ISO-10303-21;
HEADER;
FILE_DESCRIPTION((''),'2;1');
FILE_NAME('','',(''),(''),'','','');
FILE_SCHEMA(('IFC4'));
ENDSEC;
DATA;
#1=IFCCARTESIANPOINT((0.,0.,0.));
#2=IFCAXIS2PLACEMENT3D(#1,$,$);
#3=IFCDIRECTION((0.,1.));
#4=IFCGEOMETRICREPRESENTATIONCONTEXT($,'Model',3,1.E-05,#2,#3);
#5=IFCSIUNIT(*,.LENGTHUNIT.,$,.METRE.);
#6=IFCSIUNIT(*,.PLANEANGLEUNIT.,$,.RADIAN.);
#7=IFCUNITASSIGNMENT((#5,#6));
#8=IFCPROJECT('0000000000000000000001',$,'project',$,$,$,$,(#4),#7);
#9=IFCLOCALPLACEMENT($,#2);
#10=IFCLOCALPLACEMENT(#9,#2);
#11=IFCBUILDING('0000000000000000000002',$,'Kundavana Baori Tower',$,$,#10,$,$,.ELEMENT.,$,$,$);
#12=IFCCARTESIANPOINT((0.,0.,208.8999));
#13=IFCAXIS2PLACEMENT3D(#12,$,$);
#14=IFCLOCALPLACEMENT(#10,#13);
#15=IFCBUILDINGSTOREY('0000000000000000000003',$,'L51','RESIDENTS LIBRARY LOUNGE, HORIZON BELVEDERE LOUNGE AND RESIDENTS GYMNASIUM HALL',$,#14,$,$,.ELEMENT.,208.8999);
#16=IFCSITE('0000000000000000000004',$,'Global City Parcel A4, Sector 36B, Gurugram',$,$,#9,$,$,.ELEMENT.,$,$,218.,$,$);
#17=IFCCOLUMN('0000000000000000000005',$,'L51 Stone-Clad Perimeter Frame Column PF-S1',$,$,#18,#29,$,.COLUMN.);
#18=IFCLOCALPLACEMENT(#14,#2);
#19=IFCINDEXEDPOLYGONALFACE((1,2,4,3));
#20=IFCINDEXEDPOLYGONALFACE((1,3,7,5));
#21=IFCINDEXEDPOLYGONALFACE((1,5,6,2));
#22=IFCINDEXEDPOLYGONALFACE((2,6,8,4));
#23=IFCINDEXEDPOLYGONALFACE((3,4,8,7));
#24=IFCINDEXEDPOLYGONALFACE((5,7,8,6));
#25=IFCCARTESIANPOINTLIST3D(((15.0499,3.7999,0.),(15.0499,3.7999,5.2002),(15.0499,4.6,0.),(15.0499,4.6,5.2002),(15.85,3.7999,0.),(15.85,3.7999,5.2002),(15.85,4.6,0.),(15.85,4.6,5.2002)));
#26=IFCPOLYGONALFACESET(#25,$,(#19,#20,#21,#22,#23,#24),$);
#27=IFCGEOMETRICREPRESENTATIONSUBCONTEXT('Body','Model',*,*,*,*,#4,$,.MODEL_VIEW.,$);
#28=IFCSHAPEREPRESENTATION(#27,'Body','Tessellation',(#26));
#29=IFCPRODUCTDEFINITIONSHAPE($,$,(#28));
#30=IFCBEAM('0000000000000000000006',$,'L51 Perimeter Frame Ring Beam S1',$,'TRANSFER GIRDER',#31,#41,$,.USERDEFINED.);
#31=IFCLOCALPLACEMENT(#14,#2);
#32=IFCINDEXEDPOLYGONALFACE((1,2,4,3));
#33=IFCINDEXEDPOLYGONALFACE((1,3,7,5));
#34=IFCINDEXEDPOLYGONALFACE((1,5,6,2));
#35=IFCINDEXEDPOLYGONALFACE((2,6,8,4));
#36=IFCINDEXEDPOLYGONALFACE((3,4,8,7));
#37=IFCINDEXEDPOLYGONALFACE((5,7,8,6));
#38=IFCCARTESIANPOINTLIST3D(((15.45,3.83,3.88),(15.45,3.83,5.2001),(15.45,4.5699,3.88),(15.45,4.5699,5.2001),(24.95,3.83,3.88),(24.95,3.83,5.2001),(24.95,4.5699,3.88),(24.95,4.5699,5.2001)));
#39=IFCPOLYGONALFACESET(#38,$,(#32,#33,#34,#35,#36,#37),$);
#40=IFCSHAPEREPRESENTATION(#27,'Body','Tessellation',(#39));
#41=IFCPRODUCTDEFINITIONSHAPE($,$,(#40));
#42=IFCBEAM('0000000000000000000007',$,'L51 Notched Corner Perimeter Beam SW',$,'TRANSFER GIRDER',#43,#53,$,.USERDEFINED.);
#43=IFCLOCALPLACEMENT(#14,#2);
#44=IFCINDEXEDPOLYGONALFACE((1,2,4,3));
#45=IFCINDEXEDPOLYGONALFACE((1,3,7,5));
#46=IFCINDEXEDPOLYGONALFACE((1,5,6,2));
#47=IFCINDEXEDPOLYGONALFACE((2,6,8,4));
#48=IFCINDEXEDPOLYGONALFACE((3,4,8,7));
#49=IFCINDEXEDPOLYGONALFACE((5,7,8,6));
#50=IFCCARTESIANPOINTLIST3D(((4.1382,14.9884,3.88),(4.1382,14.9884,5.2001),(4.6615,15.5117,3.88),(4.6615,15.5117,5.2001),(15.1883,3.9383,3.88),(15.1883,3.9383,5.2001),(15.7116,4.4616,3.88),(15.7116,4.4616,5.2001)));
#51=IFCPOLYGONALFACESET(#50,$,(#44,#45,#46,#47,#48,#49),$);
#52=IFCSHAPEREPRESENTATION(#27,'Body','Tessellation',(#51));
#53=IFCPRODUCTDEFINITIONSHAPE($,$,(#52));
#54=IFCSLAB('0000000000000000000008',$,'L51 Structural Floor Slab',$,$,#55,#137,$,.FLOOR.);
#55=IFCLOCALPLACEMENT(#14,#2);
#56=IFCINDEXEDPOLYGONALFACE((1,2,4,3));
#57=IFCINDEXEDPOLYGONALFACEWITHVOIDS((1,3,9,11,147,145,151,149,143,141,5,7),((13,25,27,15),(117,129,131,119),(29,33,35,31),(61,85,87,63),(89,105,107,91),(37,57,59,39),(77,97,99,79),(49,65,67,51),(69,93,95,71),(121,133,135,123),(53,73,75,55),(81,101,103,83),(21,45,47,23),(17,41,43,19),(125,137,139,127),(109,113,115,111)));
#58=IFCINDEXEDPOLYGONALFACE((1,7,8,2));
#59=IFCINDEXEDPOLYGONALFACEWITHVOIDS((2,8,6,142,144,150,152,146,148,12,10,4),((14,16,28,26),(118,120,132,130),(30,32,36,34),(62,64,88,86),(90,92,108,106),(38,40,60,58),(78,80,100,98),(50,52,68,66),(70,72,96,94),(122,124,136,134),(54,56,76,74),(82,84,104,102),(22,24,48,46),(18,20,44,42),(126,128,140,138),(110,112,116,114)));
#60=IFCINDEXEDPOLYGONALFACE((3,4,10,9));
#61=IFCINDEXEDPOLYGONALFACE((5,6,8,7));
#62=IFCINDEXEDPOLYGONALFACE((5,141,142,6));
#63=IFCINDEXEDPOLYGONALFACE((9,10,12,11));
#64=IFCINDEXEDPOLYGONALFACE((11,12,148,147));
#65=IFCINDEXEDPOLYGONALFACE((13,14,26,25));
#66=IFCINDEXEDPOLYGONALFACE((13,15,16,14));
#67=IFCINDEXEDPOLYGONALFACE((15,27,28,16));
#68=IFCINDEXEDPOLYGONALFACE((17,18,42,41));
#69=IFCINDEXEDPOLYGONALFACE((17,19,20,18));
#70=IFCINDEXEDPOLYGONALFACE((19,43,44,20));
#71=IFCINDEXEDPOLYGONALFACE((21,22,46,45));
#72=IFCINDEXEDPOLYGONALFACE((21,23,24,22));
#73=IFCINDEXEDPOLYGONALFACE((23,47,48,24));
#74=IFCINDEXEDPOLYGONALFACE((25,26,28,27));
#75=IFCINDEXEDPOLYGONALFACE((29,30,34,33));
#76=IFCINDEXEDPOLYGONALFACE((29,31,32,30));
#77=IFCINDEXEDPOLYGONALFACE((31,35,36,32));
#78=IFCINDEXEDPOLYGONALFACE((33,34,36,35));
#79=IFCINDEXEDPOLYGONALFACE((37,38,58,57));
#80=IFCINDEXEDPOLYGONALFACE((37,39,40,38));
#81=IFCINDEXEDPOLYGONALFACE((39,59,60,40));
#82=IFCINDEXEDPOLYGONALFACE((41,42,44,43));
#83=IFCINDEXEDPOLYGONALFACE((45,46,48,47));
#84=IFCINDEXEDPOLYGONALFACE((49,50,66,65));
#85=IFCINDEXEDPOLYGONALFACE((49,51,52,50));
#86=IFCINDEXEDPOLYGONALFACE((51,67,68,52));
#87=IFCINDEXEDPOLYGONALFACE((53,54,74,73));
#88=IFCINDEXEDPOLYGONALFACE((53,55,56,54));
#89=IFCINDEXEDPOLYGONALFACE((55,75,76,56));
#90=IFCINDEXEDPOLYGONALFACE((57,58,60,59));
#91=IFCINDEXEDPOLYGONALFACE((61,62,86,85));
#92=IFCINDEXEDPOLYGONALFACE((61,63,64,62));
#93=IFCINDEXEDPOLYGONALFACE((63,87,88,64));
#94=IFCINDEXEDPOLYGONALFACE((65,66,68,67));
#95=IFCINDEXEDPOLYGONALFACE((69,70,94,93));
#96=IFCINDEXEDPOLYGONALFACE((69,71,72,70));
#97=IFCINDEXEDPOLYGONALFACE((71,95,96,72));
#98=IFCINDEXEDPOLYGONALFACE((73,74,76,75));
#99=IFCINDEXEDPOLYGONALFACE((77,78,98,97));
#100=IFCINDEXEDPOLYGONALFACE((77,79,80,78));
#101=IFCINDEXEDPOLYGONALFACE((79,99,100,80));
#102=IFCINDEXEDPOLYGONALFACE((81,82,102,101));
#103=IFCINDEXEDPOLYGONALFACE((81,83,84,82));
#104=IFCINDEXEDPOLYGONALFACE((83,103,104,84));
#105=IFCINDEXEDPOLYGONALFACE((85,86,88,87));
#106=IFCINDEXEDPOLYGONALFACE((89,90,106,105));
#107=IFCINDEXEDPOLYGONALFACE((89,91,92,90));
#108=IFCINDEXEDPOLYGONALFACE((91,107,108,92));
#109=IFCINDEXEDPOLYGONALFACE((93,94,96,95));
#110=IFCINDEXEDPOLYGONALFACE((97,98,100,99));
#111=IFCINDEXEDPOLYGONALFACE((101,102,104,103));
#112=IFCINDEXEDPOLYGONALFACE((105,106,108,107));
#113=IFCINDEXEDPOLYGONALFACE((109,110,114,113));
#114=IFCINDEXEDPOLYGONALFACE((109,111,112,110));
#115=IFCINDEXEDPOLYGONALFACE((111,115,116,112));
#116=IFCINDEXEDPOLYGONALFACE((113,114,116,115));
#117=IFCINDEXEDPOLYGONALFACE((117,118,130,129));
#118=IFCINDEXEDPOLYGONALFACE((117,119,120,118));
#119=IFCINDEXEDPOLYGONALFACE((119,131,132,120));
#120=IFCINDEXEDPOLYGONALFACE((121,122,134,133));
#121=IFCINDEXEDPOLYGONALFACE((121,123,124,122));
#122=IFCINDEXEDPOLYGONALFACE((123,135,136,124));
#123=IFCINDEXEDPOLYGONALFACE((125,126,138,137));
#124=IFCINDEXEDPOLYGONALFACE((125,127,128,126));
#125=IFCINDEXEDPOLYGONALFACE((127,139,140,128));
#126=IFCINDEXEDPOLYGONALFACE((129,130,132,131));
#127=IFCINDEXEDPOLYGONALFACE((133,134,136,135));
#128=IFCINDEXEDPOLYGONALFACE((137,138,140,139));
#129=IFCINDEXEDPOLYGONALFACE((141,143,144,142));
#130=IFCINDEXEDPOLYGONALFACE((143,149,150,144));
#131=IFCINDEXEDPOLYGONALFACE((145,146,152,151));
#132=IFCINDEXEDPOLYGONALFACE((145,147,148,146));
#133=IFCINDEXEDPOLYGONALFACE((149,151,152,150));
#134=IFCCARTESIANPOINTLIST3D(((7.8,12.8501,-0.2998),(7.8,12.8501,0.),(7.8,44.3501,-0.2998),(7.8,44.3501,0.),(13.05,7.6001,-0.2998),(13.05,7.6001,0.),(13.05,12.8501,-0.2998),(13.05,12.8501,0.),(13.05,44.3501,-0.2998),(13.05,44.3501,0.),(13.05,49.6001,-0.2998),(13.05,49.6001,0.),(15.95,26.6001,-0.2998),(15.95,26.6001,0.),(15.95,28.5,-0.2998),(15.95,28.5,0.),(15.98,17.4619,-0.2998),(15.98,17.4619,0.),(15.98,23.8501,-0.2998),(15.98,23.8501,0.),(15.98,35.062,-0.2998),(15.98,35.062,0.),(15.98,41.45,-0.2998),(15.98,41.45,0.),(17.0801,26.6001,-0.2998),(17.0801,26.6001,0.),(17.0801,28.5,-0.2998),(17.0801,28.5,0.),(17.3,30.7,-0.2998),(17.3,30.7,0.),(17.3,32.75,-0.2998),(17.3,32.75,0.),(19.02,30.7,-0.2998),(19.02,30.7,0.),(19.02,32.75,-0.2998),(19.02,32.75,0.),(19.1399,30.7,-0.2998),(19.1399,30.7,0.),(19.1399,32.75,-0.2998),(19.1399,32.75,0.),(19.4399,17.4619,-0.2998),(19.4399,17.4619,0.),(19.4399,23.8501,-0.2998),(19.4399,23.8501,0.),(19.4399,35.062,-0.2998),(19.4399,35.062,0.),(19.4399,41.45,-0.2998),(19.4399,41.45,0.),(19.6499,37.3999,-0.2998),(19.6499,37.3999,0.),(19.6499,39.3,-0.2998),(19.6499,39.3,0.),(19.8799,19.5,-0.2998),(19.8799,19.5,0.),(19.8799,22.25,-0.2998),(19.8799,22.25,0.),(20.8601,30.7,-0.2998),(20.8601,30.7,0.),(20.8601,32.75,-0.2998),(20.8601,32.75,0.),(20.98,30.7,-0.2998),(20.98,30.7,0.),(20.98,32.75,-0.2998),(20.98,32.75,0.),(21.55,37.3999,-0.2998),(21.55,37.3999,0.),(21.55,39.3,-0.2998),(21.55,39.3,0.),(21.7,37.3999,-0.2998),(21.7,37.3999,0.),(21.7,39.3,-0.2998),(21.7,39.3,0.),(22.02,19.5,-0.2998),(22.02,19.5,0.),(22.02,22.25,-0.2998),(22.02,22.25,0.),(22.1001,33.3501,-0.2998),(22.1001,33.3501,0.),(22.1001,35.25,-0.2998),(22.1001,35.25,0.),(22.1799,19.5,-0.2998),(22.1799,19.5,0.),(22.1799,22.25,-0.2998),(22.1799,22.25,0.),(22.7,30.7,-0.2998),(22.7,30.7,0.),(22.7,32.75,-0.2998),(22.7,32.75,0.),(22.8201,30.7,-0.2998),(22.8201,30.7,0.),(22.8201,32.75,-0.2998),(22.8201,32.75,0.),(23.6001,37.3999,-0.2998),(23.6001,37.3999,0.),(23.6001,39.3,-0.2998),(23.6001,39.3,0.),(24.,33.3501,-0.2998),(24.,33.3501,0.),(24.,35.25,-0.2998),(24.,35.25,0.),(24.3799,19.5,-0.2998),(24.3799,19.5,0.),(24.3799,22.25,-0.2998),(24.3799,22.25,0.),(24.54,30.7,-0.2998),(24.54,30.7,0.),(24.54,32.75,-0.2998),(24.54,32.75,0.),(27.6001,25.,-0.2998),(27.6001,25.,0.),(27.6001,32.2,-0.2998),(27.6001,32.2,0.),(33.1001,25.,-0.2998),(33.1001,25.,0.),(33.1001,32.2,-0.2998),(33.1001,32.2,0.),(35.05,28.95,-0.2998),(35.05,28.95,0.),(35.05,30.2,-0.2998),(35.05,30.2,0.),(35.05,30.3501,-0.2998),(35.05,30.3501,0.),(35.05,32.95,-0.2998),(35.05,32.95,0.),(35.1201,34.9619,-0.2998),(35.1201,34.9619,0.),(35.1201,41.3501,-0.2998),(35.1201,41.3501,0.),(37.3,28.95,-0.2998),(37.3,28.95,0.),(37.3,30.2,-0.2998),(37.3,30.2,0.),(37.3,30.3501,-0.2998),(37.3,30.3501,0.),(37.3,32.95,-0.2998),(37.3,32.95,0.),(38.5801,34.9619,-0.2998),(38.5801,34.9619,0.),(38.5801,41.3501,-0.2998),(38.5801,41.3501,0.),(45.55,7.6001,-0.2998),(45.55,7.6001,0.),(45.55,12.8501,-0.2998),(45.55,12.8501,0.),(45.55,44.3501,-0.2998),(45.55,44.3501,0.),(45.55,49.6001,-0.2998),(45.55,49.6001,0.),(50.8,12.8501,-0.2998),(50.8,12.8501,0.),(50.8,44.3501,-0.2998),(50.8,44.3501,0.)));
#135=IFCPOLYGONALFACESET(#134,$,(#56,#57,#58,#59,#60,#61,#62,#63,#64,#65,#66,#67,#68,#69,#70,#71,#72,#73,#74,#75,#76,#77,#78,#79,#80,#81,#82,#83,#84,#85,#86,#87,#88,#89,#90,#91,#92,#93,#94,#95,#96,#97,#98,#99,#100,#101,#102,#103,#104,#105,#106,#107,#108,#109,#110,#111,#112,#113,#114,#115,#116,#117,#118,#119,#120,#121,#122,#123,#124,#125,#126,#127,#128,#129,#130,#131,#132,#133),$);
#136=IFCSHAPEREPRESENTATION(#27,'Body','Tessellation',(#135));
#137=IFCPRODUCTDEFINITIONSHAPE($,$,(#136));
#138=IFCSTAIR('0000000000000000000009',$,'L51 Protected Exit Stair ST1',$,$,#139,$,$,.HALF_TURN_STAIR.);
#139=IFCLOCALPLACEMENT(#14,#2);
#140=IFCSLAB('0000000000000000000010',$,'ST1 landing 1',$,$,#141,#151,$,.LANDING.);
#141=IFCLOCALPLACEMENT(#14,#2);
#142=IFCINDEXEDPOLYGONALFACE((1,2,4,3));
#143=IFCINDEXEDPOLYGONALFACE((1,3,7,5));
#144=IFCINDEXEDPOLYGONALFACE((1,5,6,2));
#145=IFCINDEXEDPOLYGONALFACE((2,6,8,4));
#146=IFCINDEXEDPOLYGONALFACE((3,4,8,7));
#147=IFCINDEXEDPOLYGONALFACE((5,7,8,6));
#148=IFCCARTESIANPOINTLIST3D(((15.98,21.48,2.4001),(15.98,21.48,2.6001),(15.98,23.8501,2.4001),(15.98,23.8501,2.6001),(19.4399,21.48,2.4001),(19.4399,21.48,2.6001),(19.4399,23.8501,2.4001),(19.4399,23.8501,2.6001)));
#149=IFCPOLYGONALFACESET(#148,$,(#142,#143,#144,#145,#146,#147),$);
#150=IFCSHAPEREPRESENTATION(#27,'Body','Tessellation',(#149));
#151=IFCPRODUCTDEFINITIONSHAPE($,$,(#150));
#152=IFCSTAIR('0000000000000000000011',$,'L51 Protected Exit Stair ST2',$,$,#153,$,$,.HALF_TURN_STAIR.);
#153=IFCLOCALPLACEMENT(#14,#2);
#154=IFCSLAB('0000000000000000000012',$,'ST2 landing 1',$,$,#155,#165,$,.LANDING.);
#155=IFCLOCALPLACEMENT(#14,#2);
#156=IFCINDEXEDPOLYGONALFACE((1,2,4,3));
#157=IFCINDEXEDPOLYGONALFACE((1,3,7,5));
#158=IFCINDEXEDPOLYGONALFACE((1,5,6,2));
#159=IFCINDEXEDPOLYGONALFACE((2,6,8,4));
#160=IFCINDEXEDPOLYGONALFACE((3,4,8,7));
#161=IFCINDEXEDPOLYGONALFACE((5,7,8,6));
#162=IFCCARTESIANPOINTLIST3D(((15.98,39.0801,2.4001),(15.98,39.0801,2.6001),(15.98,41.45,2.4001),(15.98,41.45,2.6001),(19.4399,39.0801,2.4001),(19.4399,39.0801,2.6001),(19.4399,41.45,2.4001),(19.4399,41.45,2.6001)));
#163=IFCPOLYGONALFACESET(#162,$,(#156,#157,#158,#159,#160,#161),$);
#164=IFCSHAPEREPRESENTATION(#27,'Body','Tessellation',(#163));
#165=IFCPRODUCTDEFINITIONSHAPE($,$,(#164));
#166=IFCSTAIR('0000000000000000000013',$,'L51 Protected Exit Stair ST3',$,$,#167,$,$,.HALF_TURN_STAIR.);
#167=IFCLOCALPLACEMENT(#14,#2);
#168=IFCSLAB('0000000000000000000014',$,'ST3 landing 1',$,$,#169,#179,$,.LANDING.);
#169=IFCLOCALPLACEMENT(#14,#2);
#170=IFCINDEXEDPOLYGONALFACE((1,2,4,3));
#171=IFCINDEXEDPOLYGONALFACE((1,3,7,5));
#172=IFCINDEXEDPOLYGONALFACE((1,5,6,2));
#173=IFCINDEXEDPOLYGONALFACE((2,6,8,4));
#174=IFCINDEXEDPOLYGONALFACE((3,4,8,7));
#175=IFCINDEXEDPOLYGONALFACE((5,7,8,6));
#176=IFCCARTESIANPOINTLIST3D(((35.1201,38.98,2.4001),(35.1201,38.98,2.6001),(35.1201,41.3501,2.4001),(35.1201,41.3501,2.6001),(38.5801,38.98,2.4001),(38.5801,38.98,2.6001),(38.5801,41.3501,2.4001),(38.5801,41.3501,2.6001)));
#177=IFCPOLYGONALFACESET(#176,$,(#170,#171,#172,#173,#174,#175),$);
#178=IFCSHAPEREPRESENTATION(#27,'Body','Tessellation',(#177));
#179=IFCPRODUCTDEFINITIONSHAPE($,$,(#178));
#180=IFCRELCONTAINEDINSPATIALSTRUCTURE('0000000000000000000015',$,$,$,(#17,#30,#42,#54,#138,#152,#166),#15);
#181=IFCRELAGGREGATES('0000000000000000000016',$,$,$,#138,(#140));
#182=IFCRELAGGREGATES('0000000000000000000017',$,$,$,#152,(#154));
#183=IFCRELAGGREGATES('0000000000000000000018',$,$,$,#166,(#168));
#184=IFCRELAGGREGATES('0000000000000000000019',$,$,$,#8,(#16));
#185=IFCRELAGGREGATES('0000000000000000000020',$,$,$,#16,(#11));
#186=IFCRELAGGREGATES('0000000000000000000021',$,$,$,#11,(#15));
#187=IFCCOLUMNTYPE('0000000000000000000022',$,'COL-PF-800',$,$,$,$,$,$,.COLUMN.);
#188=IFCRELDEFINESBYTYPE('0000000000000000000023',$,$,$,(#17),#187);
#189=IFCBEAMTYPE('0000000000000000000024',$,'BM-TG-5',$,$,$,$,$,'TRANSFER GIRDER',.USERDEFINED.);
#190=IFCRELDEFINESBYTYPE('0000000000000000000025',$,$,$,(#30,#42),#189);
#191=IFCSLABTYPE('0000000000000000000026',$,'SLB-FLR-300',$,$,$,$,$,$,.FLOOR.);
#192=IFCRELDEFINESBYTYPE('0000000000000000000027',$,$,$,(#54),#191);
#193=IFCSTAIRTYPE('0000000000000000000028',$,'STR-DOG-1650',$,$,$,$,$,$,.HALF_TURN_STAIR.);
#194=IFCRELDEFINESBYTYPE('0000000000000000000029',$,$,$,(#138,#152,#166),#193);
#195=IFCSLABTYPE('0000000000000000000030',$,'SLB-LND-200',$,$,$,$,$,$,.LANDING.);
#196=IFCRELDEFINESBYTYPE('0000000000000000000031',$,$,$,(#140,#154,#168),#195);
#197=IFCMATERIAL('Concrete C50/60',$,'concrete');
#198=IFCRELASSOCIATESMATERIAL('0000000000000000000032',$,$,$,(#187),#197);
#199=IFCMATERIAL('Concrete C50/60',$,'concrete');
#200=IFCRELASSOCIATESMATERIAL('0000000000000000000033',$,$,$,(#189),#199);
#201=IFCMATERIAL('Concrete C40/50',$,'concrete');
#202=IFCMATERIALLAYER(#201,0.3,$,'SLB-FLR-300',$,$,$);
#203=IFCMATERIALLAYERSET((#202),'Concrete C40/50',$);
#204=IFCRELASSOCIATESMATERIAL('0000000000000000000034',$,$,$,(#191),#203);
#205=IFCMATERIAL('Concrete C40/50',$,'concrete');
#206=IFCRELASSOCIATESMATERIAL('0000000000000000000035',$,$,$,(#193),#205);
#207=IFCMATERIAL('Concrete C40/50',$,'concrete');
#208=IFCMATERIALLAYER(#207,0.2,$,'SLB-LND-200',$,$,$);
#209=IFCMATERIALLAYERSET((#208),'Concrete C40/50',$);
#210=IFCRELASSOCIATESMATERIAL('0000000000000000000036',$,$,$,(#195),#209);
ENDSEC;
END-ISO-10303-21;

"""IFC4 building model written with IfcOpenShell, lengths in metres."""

from ifc_helpers import new_model, si_unit, direction, frame, origin, origin_2d, place, context, subcontext, project, spatial, polyline, rectangle, outline, extrude, material, layer, layer_set, material_profile, profile_set, type_object, element, aggregate, save


model = new_model("IFC4")

# Units and contexts
model_context = context("Model", 3, precision=1e-05, world=origin(), true_north=direction((0.0, 1.0)))
body_context = subcontext(model_context, "Body", "Model", "MODEL_VIEW")
ifc_project = project(units=[si_unit("LENGTHUNIT", "METRE"), si_unit("PLANEANGLEUNIT", "RADIAN")], contexts=[model_context])

# Site, building, storey
site_placement = place(None, origin())
site = spatial("IfcSite", under=ifc_project, at=site_placement, Name="Global City Parcel A4, Sector 36B, Gurugram", CompositionType="ELEMENT", RefElevation=218.0)
building_placement = place(site_placement, origin())
building = spatial("IfcBuilding", under=site, at=building_placement, Name="Kundavana Baori Tower", CompositionType="ELEMENT")
storey_placement = place(building_placement, frame((0.0, 0.0, 208.8999)))
storey = spatial("IfcBuildingStorey", under=building, at=storey_placement, Name="L51", Description="RESIDENTS LIBRARY LOUNGE, HORIZON BELVEDERE LOUNGE AND RESIDENTS GYMNASIUM HALL", CompositionType="ELEMENT", Elevation=208.8999)

# Column
ifc_material_1 = material(Name="Concrete C50/60", Category="concrete")
ifc_material_profile_1 = material_profile(ifc_material_1, rectangle(XDim=0.8, YDim=0.8, at=origin_2d()), Name="RC PF 800x800")
ifc_profile_set_1 = profile_set([ifc_material_profile_1], Name="Concrete C50/60")
column_type = type_object("IfcColumnType", Name="COL-PF-800", PredefinedType="COLUMN", material=ifc_profile_set_1)
column_placement = place(storey_placement, frame((15.45, 4.2, 0.0), z_axis=(0.0, 0.0, 1.0), x_axis=(1.0, 0.0, 0.0)))
element("IfcColumn", 1, at=column_placement, inside=storey, type_object=column_type, Name="L51 Stone-Clad Perimeter Frame Column PF-S1", PredefinedType="COLUMN", context=body_context, shape_type="SweptSolid", body=[
    extrude(rectangle(XDim=0.8, YDim=0.8, at=origin_2d()), origin(), (0.0, 0.0, 1.0), 5.2002),
])

# Beams
ifc_material_2 = material(Name="Concrete C50/60", Category="concrete")
ifc_material_profile_2 = material_profile(ifc_material_2, rectangle(XDim=0.74, YDim=1.3201, at=origin_2d()), Name="BM-TG-5")
ifc_profile_set_2 = profile_set([ifc_material_profile_2], Name="Concrete C50/60")
beam_type = type_object("IfcBeamType", Name="BM-TG-5", ElementType="TRANSFER GIRDER", PredefinedType="USERDEFINED", material=ifc_profile_set_2)
beam_1_placement = place(storey_placement, frame((15.45, 4.2, 4.54), z_axis=(1.0, 0.0, 0.0), x_axis=(0.0, 1.0, 0.0)))
element("IfcBeam", 2, at=beam_1_placement, inside=storey, type_object=beam_type, Name="L51 Perimeter Frame Ring Beam S1", ObjectType="TRANSFER GIRDER", PredefinedType="USERDEFINED", context=body_context, shape_type="SweptSolid", body=[
    extrude(rectangle(XDim=0.74, YDim=1.3201, at=origin_2d()), origin(), (0.0, 0.0, 1.0), 9.5),
])
beam_2_placement = place(storey_placement, frame((15.45, 4.2, 4.54), z_axis=(-0.707107, 0.707107, 0.0), x_axis=(-0.707107, -0.707107, 0.0)))
element("IfcBeam", 3, at=beam_2_placement, inside=storey, type_object=beam_type, Name="L51 Notched Corner Perimeter Beam SW", ObjectType="TRANSFER GIRDER", PredefinedType="USERDEFINED", context=body_context, shape_type="SweptSolid", body=[
    extrude(rectangle(XDim=0.74, YDim=1.3201, at=origin_2d()), origin(), (0.0, 0.0, 1.0), 15.6272),
])

# Slab
ifc_material_3 = material(Name="Concrete C40/50", Category="concrete")
ifc_layer_1 = layer(ifc_material_3, 0.3, Name="SLB-FLR-300")
ifc_layer_set_1 = layer_set([ifc_layer_1], Name="Concrete C40/50")
slab_type_1 = type_object("IfcSlabType", Name="SLB-FLR-300", PredefinedType="FLOOR", material=ifc_layer_set_1)
slab_1_placement = place(storey_placement, frame((0.0, 0.0, -0.2998)))
element("IfcSlab", 4, at=slab_1_placement, inside=storey, type_object=slab_type_1, Name="L51 Structural Floor Slab", PredefinedType="FLOOR", context=body_context, shape_type="SweptSolid", body=[
    extrude(outline(polyline([(13.05, 7.6001), (45.55, 7.6001), (45.55, 12.8501), (50.8, 12.8501), (50.8, 44.3501), (45.55, 44.3501), (45.55, 49.6001), (13.05, 49.6001), (13.05, 44.3501), (7.8, 44.3501), (7.8, 12.8501), (13.05, 12.8501), (13.05, 7.6001)]), holes=[polyline([(19.4399, 17.4619), (19.4399, 23.8501), (15.98, 23.8501), (15.98, 17.4619), (19.4399, 17.4619)]), polyline([(19.4399, 35.062), (19.4399, 41.45), (15.98, 41.45), (15.98, 35.062), (19.4399, 35.062)]), polyline([(38.5801, 34.9619), (38.5801, 41.3501), (35.1201, 41.3501), (35.1201, 34.9619), (38.5801, 34.9619)]), polyline([(17.3, 30.7), (19.02, 30.7), (19.02, 32.75), (17.3, 32.75), (17.3, 30.7)]), polyline([(19.1399, 30.7), (20.8601, 30.7), (20.8601, 32.75), (19.1399, 32.75), (19.1399, 30.7)]), polyline([(20.98, 30.7), (22.7, 30.7), (22.7, 32.75), (20.98, 32.75), (20.98, 30.7)]), polyline([(22.8201, 30.7), (24.54, 30.7), (24.54, 32.75), (22.8201, 32.75), (22.8201, 30.7)]), polyline([(19.6499, 37.3999), (21.55, 37.3999), (21.55, 39.3), (19.6499, 39.3), (19.6499, 37.3999)]), polyline([(21.7, 37.3999), (23.6001, 37.3999), (23.6001, 39.3), (21.7, 39.3), (21.7, 37.3999)]), polyline([(22.1001, 33.3501), (24.0, 33.3501), (24.0, 35.25), (22.1001, 35.25), (22.1001, 33.3501)]), polyline([(19.8799, 19.5), (22.02, 19.5), (22.02, 22.25), (19.8799, 22.25), (19.8799, 19.5)]), polyline([(22.1799, 19.5), (24.3799, 19.5), (24.3799, 22.25), (22.1799, 22.25), (22.1799, 19.5)]), polyline([(35.05, 30.3501), (37.3, 30.3501), (37.3, 32.95), (35.05, 32.95), (35.05, 30.3501)]), polyline([(15.95, 26.6001), (17.0801, 26.6001), (17.0801, 28.5), (15.95, 28.5), (15.95, 26.6001)]), polyline([(35.05, 28.95), (37.3, 28.95), (37.3, 30.2), (35.05, 30.2), (35.05, 28.95)]), polyline([(27.6001, 25.0), (33.1001, 25.0), (33.1001, 32.2), (27.6001, 32.2), (27.6001, 25.0)])]), origin(), (0.0, 0.0, 1.0), 0.2998),
])

# Stairs, slabs
ifc_material_4 = material(Name="Concrete C40/50", Category="concrete")
stair_type = type_object("IfcStairType", Name="STR-DOG-1650", PredefinedType="HALF_TURN_STAIR", material=ifc_material_4)
stair_1_placement = place(storey_placement, origin())
stair_1 = element("IfcStair", 5, at=stair_1_placement, inside=storey, type_object=stair_type, Name="L51 Protected Exit Stair ST1", PredefinedType="HALF_TURN_STAIR")
ifc_material_5 = material(Name="Concrete C40/50", Category="concrete")
ifc_layer_2 = layer(ifc_material_5, 0.2, Name="SLB-LND-200")
ifc_layer_set_2 = layer_set([ifc_layer_2], Name="Concrete C40/50")
slab_type_2 = type_object("IfcSlabType", Name="SLB-LND-200", PredefinedType="LANDING", material=ifc_layer_set_2)
slab_2_placement = place(storey_placement, frame((0.0, 0.0, 2.4001)))
slab_2 = element("IfcSlab", 6, at=slab_2_placement, type_object=slab_type_2, Name="ST1 landing 1", PredefinedType="LANDING", context=body_context, shape_type="SweptSolid", body=[
    extrude(outline(polyline([(19.4399, 21.48), (19.4399, 23.8501), (15.98, 23.8501), (15.98, 21.48), (19.4399, 21.48)])), origin(), (0.0, 0.0, 1.0), 0.2),
])
aggregate(stair_1, [slab_2])
stair_2_placement = place(storey_placement, origin())
stair_2 = element("IfcStair", 7, at=stair_2_placement, inside=storey, type_object=stair_type, Name="L51 Protected Exit Stair ST2", PredefinedType="HALF_TURN_STAIR")
slab_3_placement = place(storey_placement, frame((0.0, 0.0, 2.4001)))
slab_3 = element("IfcSlab", 8, at=slab_3_placement, type_object=slab_type_2, Name="ST2 landing 1", PredefinedType="LANDING", context=body_context, shape_type="SweptSolid", body=[
    extrude(outline(polyline([(19.4399, 39.0801), (19.4399, 41.45), (15.98, 41.45), (15.98, 39.0801), (19.4399, 39.0801)])), origin(), (0.0, 0.0, 1.0), 0.2),
])
aggregate(stair_2, [slab_3])
stair_3_placement = place(storey_placement, origin())
stair_3 = element("IfcStair", 9, at=stair_3_placement, inside=storey, type_object=stair_type, Name="L51 Protected Exit Stair ST3", PredefinedType="HALF_TURN_STAIR")
slab_4_placement = place(storey_placement, frame((0.0, 0.0, 2.4001)))
slab_4 = element("IfcSlab", 10, at=slab_4_placement, type_object=slab_type_2, Name="ST3 landing 1", PredefinedType="LANDING", context=body_context, shape_type="SweptSolid", body=[
    extrude(outline(polyline([(38.5801, 38.98), (38.5801, 41.3501), (35.1201, 41.3501), (35.1201, 38.98), (38.5801, 38.98)])), origin(), (0.0, 0.0, 1.0), 0.2),
])
aggregate(stair_3, [slab_4])

save(model, "model.ifc")
